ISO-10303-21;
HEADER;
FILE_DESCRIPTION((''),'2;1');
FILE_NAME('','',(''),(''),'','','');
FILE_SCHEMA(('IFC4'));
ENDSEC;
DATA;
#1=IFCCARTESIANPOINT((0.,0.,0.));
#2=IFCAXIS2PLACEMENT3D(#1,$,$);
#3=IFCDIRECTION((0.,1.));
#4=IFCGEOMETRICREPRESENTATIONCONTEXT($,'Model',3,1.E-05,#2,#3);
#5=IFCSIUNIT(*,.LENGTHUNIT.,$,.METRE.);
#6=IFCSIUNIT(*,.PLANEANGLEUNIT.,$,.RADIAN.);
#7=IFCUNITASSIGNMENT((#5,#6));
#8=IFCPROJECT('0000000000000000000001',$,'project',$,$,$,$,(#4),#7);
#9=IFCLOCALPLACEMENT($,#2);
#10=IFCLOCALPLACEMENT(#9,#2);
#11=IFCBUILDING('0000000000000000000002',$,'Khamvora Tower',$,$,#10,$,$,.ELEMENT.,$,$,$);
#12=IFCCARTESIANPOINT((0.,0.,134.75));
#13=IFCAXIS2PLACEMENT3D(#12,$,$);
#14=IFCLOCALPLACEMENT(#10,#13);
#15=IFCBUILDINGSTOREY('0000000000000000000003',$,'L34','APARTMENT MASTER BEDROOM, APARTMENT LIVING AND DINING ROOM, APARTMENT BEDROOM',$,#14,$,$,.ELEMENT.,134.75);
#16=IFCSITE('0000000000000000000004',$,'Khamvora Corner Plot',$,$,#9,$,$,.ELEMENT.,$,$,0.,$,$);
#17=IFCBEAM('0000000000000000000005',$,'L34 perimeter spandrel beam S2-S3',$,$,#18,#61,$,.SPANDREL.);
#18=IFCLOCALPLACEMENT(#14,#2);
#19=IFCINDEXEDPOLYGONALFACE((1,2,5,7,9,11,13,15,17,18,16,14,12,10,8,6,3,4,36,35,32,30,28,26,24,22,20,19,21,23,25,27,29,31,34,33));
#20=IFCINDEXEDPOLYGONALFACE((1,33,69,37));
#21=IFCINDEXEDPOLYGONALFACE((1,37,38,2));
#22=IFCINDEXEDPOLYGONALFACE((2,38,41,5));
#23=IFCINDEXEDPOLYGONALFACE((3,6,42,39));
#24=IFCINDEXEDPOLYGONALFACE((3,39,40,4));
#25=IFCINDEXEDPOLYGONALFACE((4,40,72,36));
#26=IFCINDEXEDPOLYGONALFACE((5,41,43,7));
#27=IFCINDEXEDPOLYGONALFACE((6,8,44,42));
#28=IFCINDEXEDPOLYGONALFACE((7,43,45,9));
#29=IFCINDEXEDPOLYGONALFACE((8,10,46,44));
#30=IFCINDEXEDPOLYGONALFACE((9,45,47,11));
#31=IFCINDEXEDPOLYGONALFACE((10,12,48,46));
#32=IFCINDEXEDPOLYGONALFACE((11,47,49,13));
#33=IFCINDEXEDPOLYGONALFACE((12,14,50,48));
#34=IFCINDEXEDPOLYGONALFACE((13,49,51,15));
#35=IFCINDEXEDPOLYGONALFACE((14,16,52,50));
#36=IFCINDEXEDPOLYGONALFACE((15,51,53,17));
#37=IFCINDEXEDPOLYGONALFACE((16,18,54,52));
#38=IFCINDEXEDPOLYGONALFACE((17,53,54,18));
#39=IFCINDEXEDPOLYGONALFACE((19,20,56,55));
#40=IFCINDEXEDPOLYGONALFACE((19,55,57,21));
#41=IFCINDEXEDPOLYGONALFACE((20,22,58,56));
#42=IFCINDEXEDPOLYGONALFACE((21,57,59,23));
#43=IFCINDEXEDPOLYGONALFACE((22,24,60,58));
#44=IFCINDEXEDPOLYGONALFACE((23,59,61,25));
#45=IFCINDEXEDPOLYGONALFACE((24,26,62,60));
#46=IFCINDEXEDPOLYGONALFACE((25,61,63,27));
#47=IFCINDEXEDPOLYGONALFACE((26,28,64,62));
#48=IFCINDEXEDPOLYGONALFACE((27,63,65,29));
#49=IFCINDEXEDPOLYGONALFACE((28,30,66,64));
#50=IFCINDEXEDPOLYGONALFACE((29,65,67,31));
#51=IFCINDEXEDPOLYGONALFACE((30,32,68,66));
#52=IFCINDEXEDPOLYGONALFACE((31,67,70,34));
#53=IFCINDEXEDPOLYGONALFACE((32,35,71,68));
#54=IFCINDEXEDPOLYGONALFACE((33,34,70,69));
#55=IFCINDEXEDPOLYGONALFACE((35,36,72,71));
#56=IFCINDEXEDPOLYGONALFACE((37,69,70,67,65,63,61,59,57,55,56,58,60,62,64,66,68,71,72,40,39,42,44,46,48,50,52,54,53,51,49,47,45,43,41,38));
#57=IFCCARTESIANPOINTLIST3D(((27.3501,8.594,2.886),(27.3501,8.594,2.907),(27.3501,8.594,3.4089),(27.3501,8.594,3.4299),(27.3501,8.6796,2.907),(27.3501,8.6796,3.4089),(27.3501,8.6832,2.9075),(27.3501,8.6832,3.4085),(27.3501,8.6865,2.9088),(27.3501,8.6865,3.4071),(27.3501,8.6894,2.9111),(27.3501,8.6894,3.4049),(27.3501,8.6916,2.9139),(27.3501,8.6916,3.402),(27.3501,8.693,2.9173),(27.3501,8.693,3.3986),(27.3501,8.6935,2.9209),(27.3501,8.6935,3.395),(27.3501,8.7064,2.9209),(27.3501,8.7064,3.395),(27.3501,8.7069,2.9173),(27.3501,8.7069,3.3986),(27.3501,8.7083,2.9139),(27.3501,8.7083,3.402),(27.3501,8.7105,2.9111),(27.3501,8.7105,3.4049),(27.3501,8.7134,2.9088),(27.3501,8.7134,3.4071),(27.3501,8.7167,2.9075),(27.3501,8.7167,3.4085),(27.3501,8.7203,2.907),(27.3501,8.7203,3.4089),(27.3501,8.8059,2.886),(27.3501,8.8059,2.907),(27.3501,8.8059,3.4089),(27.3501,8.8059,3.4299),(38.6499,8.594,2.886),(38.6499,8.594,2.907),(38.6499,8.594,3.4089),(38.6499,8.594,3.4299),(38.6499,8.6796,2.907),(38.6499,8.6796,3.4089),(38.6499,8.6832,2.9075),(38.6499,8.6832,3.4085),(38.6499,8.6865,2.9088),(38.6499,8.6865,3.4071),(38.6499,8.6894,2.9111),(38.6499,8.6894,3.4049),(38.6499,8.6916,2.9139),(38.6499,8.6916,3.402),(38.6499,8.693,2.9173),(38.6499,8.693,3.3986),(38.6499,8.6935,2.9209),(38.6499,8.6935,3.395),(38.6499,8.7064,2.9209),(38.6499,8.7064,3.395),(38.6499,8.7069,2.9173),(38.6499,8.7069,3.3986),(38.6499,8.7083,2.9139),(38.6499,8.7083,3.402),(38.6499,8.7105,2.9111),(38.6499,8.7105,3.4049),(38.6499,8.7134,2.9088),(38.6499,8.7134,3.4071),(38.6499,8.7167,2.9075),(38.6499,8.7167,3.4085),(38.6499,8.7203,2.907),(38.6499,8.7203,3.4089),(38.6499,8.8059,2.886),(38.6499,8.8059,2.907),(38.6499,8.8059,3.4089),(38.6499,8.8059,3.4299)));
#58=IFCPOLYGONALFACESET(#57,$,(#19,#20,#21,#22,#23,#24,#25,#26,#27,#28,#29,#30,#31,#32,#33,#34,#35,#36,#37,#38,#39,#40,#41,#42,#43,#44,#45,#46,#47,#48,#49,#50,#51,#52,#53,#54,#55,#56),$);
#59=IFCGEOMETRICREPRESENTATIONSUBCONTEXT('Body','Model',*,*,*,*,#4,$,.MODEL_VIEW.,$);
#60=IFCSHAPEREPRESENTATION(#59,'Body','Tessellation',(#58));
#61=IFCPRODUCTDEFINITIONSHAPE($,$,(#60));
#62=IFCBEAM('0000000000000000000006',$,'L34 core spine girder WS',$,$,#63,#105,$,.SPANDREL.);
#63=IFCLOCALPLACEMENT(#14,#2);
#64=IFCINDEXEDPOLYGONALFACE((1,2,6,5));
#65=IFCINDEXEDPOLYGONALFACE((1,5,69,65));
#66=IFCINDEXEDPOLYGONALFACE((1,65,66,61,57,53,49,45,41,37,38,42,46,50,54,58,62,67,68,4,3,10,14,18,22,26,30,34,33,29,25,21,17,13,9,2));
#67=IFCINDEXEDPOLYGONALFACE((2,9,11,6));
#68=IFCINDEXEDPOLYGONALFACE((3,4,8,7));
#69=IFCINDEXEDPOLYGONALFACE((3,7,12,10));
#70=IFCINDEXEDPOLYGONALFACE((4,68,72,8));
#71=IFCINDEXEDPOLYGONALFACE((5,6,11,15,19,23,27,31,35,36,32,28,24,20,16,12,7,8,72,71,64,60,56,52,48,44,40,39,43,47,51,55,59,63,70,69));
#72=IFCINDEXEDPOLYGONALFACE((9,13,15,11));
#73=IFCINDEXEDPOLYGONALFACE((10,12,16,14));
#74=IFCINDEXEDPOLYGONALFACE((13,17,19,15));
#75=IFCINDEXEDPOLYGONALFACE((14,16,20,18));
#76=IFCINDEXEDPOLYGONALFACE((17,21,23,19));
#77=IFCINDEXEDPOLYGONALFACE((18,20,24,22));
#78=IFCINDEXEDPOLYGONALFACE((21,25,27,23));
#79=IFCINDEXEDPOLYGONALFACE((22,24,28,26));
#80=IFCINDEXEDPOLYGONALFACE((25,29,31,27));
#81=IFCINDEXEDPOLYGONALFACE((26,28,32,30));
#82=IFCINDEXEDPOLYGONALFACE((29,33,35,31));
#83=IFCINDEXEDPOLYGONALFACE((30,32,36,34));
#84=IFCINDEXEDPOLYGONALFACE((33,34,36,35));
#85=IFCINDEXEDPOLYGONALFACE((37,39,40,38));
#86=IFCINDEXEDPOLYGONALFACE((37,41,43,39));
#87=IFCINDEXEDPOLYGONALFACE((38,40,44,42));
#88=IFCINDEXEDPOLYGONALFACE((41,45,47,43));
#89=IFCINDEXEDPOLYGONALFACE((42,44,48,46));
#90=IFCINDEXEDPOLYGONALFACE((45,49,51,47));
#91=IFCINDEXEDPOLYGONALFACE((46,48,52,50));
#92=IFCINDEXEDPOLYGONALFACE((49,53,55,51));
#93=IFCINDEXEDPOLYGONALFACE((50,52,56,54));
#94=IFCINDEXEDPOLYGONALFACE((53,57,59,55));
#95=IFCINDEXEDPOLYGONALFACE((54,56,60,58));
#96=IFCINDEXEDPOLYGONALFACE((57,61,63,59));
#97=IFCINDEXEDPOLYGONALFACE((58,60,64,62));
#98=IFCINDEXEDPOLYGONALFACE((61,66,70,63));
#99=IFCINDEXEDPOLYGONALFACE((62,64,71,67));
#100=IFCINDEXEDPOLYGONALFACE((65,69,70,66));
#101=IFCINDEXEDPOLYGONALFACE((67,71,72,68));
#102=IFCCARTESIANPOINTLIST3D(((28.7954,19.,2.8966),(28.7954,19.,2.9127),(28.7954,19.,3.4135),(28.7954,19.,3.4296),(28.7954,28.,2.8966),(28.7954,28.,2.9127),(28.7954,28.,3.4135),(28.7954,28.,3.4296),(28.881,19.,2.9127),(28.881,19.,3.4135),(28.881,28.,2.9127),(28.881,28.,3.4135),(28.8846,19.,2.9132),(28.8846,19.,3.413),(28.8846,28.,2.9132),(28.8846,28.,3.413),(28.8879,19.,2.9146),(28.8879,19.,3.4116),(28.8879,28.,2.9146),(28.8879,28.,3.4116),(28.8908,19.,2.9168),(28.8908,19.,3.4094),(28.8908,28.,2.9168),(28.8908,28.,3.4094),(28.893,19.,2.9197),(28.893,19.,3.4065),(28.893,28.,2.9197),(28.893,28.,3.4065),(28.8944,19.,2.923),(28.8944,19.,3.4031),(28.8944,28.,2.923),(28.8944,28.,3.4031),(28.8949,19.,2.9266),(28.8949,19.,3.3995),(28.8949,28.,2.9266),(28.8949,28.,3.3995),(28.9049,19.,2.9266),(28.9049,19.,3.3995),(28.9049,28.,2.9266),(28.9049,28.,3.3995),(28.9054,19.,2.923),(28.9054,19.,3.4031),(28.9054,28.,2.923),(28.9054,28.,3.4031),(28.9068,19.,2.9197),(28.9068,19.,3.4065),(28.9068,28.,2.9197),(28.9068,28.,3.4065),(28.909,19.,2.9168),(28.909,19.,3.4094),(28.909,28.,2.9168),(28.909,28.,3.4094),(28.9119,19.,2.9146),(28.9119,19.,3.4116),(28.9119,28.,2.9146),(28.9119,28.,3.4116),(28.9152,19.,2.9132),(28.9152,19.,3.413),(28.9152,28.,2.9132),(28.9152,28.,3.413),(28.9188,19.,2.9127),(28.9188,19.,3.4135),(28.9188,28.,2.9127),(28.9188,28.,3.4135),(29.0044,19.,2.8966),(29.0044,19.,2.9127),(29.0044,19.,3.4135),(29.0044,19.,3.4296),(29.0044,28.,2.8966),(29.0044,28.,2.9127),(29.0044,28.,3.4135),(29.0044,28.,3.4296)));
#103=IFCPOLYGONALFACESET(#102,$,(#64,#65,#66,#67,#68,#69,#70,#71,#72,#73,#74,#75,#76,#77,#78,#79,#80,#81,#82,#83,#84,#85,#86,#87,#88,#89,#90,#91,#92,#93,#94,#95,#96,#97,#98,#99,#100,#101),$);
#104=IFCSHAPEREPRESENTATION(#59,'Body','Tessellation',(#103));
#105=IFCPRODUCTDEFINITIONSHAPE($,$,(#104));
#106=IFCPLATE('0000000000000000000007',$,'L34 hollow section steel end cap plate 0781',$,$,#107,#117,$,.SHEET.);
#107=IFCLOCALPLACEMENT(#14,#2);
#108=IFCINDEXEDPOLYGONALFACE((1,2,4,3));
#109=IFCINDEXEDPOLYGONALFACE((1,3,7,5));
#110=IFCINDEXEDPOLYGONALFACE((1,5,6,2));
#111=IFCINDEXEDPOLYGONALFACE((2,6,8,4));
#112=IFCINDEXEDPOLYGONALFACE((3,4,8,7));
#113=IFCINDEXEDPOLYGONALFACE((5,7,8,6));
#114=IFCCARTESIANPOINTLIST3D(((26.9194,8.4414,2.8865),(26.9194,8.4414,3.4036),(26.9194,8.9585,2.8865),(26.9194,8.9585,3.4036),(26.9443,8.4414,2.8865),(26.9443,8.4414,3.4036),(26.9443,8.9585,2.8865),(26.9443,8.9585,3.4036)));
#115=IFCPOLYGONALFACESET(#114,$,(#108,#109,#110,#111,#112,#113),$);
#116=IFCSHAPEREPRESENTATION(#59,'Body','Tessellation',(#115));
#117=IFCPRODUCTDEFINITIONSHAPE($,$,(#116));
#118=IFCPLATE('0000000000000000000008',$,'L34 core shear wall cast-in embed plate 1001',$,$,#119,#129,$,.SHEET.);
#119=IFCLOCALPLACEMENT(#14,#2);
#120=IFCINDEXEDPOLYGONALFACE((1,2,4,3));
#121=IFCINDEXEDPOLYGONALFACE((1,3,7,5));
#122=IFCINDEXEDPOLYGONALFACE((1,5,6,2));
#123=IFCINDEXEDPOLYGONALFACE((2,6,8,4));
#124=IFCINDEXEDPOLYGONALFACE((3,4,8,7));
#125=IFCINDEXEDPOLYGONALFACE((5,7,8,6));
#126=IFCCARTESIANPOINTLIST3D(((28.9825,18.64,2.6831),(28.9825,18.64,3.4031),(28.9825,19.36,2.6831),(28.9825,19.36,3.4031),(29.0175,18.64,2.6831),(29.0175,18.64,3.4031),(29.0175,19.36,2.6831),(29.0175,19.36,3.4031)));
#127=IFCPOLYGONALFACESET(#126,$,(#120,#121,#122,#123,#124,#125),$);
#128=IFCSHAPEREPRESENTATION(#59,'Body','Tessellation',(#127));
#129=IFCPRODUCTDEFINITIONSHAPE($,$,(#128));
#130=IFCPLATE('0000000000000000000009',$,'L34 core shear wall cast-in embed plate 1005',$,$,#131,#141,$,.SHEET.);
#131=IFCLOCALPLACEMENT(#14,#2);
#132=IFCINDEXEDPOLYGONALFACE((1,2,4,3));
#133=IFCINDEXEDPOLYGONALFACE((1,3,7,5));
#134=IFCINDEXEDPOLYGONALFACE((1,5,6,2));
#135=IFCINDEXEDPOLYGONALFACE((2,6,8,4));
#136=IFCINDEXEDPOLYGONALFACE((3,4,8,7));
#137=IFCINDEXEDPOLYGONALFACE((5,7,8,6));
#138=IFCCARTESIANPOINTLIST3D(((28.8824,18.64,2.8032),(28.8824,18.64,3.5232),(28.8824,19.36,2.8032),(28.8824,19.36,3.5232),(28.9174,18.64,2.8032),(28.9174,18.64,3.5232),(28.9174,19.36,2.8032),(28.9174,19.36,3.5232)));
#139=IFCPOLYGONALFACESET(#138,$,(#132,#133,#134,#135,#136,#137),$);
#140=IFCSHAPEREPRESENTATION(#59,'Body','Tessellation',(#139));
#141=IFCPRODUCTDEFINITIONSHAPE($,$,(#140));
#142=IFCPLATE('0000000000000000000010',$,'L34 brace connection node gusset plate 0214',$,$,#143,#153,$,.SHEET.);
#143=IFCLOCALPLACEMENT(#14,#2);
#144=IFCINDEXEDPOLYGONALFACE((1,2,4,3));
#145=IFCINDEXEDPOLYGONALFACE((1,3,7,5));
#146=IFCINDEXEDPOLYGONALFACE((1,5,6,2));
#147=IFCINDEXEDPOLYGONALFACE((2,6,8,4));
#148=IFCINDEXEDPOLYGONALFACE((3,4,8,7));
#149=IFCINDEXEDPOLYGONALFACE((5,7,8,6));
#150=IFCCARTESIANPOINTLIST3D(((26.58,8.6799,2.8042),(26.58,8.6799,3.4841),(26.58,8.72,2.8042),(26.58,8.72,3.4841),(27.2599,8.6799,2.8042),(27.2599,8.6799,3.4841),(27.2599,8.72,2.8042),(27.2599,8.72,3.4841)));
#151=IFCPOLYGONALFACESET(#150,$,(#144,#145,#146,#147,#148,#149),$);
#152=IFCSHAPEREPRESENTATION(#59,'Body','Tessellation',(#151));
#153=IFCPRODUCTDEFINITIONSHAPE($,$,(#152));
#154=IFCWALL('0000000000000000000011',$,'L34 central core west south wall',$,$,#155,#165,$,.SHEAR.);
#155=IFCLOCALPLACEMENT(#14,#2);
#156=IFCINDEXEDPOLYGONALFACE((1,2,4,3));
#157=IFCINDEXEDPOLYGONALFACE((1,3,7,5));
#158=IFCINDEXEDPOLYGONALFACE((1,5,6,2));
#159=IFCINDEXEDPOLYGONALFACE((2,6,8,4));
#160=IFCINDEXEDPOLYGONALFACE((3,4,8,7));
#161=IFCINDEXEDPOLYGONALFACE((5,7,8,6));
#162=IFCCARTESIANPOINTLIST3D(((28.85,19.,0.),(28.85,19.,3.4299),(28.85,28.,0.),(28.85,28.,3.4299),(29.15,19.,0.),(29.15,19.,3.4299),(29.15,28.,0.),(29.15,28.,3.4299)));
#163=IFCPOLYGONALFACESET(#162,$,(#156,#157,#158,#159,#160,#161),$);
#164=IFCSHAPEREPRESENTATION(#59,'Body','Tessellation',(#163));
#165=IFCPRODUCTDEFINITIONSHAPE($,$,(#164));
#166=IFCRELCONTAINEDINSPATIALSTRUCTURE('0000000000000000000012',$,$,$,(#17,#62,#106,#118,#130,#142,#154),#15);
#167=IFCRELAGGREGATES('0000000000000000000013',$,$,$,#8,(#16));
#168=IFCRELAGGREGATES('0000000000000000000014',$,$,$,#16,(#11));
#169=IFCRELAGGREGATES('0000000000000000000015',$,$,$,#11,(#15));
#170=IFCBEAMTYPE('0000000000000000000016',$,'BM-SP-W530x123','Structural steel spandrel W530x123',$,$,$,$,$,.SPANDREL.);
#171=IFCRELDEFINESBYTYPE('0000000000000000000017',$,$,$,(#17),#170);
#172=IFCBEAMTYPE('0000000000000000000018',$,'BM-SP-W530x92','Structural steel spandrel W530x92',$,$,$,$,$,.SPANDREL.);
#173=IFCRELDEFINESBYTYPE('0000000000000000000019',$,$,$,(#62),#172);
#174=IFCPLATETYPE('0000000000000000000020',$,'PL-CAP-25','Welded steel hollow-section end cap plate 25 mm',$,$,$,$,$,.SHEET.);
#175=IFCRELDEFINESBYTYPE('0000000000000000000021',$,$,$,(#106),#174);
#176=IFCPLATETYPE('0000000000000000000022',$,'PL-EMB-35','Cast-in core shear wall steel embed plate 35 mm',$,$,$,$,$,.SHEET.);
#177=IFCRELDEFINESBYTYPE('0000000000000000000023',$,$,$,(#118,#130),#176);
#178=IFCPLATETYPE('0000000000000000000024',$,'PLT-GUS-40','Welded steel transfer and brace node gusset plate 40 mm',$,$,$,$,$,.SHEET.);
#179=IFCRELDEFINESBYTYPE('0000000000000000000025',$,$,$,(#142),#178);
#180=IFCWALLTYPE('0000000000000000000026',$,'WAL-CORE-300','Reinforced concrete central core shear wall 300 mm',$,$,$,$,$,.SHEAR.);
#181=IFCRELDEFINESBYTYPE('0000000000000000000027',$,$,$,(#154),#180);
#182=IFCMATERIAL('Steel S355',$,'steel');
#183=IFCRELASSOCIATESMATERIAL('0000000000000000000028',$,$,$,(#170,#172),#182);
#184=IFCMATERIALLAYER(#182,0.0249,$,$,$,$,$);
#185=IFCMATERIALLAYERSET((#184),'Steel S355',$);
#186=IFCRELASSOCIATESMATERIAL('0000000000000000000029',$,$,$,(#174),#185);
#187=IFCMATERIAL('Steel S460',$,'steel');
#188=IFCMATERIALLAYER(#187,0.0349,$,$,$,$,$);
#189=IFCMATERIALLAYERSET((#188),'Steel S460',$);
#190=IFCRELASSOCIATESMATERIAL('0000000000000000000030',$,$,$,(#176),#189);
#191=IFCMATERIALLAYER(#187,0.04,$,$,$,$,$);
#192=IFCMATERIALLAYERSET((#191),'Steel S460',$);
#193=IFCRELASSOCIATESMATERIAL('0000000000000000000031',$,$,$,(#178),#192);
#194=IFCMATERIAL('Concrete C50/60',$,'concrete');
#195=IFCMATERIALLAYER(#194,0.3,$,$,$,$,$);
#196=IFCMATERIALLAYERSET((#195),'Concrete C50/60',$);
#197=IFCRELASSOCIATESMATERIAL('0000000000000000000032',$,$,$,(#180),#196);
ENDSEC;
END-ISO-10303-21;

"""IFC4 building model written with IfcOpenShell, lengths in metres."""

from ifc_helpers import new_model, si_unit, direction, frame, frame_2d, origin, origin_2d, place, context, subcontext, project, spatial, rectangle, i_section, extrude, material, layer, layer_set, material_profile, profile_set, type_object, element, save


model = new_model("IFC4")

# Units and contexts
model_context = context("Model", 3, precision=1e-05, world=origin(), true_north=direction((0.0, 1.0)))
body_context = subcontext(model_context, "Body", "Model", "MODEL_VIEW")
ifc_project = project(units=[si_unit("LENGTHUNIT", "METRE"), si_unit("PLANEANGLEUNIT", "RADIAN")], contexts=[model_context])

# Site, building, storey
site_placement = place(None, origin())
site = spatial("IfcSite", under=ifc_project, at=site_placement, Name="Khamvora Corner Plot", CompositionType="ELEMENT", RefElevation=0.0)
building_placement = place(site_placement, origin())
building = spatial("IfcBuilding", under=site, at=building_placement, Name="Khamvora Tower", CompositionType="ELEMENT")
storey_placement = place(building_placement, frame((0.0, 0.0, 134.75)))
storey = spatial("IfcBuildingStorey", under=building, at=storey_placement, Name="L34", Description="APARTMENT MASTER BEDROOM, APARTMENT LIVING AND DINING ROOM, APARTMENT BEDROOM", CompositionType="ELEMENT", Elevation=134.75)

# Shared definitions
ifc_material_1 = material(Name="Steel S460", Category="steel")
ifc_material_2 = material(Name="Steel S355", Category="steel")

# Beams
ifc_material_profile_1 = material_profile(ifc_material_2, i_section(OverallWidth=0.2119, OverallDepth=0.5439, WebThickness=0.0129, FlangeThickness=0.021, FilletRadius=0.0139, at=origin_2d()), Name="W530x123")
ifc_profile_set_1 = profile_set([ifc_material_profile_1], Name="Steel S355")
beam_type_1 = type_object("IfcBeamType", Name="BM-SP-W530x123", Description="Structural steel spandrel W530x123", PredefinedType="SPANDREL", material=ifc_profile_set_1)
beam_1_placement = place(storey_placement, frame((27.3501, 8.7, 3.158), z_axis=(1.0, 0.0, 0.0), x_axis=(0.0, 1.0, 0.0)))
element("IfcBeam", 1, at=beam_1_placement, inside=storey, type_object=beam_type_1, Name="L34 perimeter spandrel beam S2-S3", PredefinedType="SPANDREL", context=body_context, shape_type="SweptSolid", body=[
    extrude(i_section(OverallWidth=0.2119, OverallDepth=0.5439, WebThickness=0.0129, FlangeThickness=0.021, FilletRadius=0.0139, at=origin_2d()), origin(), (0.0, 0.0, 1.0), 11.2998),
])
ifc_material_profile_2 = material_profile(ifc_material_2, i_section(OverallWidth=0.209, OverallDepth=0.533, WebThickness=0.01, FlangeThickness=0.0161, FilletRadius=0.0139, at=origin_2d()), Name="W530x92")
ifc_profile_set_2 = profile_set([ifc_material_profile_2], Name="Steel S355")
beam_type_2 = type_object("IfcBeamType", Name="BM-SP-W530x92", Description="Structural steel spandrel W530x92", PredefinedType="SPANDREL", material=ifc_profile_set_2)
beam_2_placement = place(storey_placement, frame((28.8999, 19.0, 3.1631), z_axis=(0.0, 1.0, 0.0), x_axis=(-1.0, 0.0, 0.0)))
element("IfcBeam", 2, at=beam_2_placement, inside=storey, type_object=beam_type_2, Name="L34 core spine girder WS", PredefinedType="SPANDREL", context=body_context, shape_type="SweptSolid", body=[
    extrude(i_section(OverallWidth=0.209, OverallDepth=0.533, WebThickness=0.01, FlangeThickness=0.0161, FilletRadius=0.0139, at=origin_2d()), origin(), (0.0, 0.0, 1.0), 9.0),
])

# Plates
ifc_layer_1 = layer(ifc_material_2, 0.0249)
ifc_layer_set_1 = layer_set([ifc_layer_1], Name="Steel S355")
plate_type_1 = type_object("IfcPlateType", Name="PL-CAP-25", Description="Welded steel hollow-section end cap plate 25 mm", PredefinedType="SHEET", material=ifc_layer_set_1)
plate_1_placement = place(storey_placement, frame((26.9319, 8.7, 2.8865), z_axis=(0.0, 0.0, 1.0), x_axis=(1.0, 0.0, 0.0)))
element("IfcPlate", 3, at=plate_1_placement, inside=storey, type_object=plate_type_1, Name="L34 hollow section steel end cap plate 0781", PredefinedType="SHEET", context=body_context, shape_type="SweptSolid", body=[
    extrude(rectangle(XDim=0.0249, YDim=0.5171, at=origin_2d()), origin(), (0.0, 0.0, 1.0), 0.5171),
])
ifc_layer_2 = layer(ifc_material_1, 0.0349)
ifc_layer_set_2 = layer_set([ifc_layer_2], Name="Steel S460")
plate_type_2 = type_object("IfcPlateType", Name="PL-EMB-35", Description="Cast-in core shear wall steel embed plate 35 mm", PredefinedType="SHEET", material=ifc_layer_set_2)
for number, where, z_axis, x_axis, name in (
    (4, (29.0, 19.0, 2.6831), (0.0, 0.0, 1.0), (1.0, 0.0, 0.0), "L34 core shear wall cast-in embed plate 1001"),
    (5, (28.8999, 19.0, 2.8032), (0.0, 0.0, 1.0), (1.0, 0.0, 0.0), "L34 core shear wall cast-in embed plate 1005"),
):
    element("IfcPlate", number, at=place(storey_placement, frame(where, z_axis=z_axis, x_axis=x_axis)), inside=storey, type_object=plate_type_2, Name=name, PredefinedType="SHEET", context=body_context, shape_type="SweptSolid", body=[
        extrude(rectangle(XDim=0.0349, YDim=0.72, at=origin_2d()), origin(), (0.0, 0.0, 1.0), 0.72),
    ])
ifc_layer_3 = layer(ifc_material_1, 0.04)
ifc_layer_set_3 = layer_set([ifc_layer_3], Name="Steel S460")
plate_type_3 = type_object("IfcPlateType", Name="PLT-GUS-40", Description="Welded steel transfer and brace node gusset plate 40 mm", PredefinedType="SHEET", material=ifc_layer_set_3)
plate_2_placement = place(storey_placement, frame((26.9199, 8.7, 2.8042), z_axis=(0.0, 0.0, 1.0), x_axis=(1.0, 0.0, 0.0)))
element("IfcPlate", 6, at=plate_2_placement, inside=storey, type_object=plate_type_3, Name="L34 brace connection node gusset plate 0214", PredefinedType="SHEET", context=body_context, shape_type="SweptSolid", body=[
    extrude(rectangle(XDim=0.6799, YDim=0.04, at=origin_2d()), origin(), (0.0, 0.0, 1.0), 0.6799),
])

# Wall
ifc_material_3 = material(Name="Concrete C50/60", Category="concrete")
ifc_layer_4 = layer(ifc_material_3, 0.3)
ifc_layer_set_4 = layer_set([ifc_layer_4], Name="Concrete C50/60")
wall_type_1 = type_object("IfcWallType", Name="WAL-CORE-300", Description="Reinforced concrete central core shear wall 300 mm", PredefinedType="SHEAR", material=ifc_layer_set_4)
wall_1_placement = place(storey_placement, frame((29.0, 19.0, 0.0), z_axis=(0.0, 0.0, 1.0), x_axis=(0.0, 1.0, 0.0)))
element("IfcWall", 7, at=wall_1_placement, inside=storey, type_object=wall_type_1, Name="L34 central core west south wall", PredefinedType="SHEAR", context=body_context, shape_type="SweptSolid", body=[
    extrude(rectangle(XDim=9.0, YDim=0.3, at=frame_2d((4.5, 0.0))), origin(), (0.0, 0.0, 1.0), 3.4299),
])

save(model, "model.ifc")
